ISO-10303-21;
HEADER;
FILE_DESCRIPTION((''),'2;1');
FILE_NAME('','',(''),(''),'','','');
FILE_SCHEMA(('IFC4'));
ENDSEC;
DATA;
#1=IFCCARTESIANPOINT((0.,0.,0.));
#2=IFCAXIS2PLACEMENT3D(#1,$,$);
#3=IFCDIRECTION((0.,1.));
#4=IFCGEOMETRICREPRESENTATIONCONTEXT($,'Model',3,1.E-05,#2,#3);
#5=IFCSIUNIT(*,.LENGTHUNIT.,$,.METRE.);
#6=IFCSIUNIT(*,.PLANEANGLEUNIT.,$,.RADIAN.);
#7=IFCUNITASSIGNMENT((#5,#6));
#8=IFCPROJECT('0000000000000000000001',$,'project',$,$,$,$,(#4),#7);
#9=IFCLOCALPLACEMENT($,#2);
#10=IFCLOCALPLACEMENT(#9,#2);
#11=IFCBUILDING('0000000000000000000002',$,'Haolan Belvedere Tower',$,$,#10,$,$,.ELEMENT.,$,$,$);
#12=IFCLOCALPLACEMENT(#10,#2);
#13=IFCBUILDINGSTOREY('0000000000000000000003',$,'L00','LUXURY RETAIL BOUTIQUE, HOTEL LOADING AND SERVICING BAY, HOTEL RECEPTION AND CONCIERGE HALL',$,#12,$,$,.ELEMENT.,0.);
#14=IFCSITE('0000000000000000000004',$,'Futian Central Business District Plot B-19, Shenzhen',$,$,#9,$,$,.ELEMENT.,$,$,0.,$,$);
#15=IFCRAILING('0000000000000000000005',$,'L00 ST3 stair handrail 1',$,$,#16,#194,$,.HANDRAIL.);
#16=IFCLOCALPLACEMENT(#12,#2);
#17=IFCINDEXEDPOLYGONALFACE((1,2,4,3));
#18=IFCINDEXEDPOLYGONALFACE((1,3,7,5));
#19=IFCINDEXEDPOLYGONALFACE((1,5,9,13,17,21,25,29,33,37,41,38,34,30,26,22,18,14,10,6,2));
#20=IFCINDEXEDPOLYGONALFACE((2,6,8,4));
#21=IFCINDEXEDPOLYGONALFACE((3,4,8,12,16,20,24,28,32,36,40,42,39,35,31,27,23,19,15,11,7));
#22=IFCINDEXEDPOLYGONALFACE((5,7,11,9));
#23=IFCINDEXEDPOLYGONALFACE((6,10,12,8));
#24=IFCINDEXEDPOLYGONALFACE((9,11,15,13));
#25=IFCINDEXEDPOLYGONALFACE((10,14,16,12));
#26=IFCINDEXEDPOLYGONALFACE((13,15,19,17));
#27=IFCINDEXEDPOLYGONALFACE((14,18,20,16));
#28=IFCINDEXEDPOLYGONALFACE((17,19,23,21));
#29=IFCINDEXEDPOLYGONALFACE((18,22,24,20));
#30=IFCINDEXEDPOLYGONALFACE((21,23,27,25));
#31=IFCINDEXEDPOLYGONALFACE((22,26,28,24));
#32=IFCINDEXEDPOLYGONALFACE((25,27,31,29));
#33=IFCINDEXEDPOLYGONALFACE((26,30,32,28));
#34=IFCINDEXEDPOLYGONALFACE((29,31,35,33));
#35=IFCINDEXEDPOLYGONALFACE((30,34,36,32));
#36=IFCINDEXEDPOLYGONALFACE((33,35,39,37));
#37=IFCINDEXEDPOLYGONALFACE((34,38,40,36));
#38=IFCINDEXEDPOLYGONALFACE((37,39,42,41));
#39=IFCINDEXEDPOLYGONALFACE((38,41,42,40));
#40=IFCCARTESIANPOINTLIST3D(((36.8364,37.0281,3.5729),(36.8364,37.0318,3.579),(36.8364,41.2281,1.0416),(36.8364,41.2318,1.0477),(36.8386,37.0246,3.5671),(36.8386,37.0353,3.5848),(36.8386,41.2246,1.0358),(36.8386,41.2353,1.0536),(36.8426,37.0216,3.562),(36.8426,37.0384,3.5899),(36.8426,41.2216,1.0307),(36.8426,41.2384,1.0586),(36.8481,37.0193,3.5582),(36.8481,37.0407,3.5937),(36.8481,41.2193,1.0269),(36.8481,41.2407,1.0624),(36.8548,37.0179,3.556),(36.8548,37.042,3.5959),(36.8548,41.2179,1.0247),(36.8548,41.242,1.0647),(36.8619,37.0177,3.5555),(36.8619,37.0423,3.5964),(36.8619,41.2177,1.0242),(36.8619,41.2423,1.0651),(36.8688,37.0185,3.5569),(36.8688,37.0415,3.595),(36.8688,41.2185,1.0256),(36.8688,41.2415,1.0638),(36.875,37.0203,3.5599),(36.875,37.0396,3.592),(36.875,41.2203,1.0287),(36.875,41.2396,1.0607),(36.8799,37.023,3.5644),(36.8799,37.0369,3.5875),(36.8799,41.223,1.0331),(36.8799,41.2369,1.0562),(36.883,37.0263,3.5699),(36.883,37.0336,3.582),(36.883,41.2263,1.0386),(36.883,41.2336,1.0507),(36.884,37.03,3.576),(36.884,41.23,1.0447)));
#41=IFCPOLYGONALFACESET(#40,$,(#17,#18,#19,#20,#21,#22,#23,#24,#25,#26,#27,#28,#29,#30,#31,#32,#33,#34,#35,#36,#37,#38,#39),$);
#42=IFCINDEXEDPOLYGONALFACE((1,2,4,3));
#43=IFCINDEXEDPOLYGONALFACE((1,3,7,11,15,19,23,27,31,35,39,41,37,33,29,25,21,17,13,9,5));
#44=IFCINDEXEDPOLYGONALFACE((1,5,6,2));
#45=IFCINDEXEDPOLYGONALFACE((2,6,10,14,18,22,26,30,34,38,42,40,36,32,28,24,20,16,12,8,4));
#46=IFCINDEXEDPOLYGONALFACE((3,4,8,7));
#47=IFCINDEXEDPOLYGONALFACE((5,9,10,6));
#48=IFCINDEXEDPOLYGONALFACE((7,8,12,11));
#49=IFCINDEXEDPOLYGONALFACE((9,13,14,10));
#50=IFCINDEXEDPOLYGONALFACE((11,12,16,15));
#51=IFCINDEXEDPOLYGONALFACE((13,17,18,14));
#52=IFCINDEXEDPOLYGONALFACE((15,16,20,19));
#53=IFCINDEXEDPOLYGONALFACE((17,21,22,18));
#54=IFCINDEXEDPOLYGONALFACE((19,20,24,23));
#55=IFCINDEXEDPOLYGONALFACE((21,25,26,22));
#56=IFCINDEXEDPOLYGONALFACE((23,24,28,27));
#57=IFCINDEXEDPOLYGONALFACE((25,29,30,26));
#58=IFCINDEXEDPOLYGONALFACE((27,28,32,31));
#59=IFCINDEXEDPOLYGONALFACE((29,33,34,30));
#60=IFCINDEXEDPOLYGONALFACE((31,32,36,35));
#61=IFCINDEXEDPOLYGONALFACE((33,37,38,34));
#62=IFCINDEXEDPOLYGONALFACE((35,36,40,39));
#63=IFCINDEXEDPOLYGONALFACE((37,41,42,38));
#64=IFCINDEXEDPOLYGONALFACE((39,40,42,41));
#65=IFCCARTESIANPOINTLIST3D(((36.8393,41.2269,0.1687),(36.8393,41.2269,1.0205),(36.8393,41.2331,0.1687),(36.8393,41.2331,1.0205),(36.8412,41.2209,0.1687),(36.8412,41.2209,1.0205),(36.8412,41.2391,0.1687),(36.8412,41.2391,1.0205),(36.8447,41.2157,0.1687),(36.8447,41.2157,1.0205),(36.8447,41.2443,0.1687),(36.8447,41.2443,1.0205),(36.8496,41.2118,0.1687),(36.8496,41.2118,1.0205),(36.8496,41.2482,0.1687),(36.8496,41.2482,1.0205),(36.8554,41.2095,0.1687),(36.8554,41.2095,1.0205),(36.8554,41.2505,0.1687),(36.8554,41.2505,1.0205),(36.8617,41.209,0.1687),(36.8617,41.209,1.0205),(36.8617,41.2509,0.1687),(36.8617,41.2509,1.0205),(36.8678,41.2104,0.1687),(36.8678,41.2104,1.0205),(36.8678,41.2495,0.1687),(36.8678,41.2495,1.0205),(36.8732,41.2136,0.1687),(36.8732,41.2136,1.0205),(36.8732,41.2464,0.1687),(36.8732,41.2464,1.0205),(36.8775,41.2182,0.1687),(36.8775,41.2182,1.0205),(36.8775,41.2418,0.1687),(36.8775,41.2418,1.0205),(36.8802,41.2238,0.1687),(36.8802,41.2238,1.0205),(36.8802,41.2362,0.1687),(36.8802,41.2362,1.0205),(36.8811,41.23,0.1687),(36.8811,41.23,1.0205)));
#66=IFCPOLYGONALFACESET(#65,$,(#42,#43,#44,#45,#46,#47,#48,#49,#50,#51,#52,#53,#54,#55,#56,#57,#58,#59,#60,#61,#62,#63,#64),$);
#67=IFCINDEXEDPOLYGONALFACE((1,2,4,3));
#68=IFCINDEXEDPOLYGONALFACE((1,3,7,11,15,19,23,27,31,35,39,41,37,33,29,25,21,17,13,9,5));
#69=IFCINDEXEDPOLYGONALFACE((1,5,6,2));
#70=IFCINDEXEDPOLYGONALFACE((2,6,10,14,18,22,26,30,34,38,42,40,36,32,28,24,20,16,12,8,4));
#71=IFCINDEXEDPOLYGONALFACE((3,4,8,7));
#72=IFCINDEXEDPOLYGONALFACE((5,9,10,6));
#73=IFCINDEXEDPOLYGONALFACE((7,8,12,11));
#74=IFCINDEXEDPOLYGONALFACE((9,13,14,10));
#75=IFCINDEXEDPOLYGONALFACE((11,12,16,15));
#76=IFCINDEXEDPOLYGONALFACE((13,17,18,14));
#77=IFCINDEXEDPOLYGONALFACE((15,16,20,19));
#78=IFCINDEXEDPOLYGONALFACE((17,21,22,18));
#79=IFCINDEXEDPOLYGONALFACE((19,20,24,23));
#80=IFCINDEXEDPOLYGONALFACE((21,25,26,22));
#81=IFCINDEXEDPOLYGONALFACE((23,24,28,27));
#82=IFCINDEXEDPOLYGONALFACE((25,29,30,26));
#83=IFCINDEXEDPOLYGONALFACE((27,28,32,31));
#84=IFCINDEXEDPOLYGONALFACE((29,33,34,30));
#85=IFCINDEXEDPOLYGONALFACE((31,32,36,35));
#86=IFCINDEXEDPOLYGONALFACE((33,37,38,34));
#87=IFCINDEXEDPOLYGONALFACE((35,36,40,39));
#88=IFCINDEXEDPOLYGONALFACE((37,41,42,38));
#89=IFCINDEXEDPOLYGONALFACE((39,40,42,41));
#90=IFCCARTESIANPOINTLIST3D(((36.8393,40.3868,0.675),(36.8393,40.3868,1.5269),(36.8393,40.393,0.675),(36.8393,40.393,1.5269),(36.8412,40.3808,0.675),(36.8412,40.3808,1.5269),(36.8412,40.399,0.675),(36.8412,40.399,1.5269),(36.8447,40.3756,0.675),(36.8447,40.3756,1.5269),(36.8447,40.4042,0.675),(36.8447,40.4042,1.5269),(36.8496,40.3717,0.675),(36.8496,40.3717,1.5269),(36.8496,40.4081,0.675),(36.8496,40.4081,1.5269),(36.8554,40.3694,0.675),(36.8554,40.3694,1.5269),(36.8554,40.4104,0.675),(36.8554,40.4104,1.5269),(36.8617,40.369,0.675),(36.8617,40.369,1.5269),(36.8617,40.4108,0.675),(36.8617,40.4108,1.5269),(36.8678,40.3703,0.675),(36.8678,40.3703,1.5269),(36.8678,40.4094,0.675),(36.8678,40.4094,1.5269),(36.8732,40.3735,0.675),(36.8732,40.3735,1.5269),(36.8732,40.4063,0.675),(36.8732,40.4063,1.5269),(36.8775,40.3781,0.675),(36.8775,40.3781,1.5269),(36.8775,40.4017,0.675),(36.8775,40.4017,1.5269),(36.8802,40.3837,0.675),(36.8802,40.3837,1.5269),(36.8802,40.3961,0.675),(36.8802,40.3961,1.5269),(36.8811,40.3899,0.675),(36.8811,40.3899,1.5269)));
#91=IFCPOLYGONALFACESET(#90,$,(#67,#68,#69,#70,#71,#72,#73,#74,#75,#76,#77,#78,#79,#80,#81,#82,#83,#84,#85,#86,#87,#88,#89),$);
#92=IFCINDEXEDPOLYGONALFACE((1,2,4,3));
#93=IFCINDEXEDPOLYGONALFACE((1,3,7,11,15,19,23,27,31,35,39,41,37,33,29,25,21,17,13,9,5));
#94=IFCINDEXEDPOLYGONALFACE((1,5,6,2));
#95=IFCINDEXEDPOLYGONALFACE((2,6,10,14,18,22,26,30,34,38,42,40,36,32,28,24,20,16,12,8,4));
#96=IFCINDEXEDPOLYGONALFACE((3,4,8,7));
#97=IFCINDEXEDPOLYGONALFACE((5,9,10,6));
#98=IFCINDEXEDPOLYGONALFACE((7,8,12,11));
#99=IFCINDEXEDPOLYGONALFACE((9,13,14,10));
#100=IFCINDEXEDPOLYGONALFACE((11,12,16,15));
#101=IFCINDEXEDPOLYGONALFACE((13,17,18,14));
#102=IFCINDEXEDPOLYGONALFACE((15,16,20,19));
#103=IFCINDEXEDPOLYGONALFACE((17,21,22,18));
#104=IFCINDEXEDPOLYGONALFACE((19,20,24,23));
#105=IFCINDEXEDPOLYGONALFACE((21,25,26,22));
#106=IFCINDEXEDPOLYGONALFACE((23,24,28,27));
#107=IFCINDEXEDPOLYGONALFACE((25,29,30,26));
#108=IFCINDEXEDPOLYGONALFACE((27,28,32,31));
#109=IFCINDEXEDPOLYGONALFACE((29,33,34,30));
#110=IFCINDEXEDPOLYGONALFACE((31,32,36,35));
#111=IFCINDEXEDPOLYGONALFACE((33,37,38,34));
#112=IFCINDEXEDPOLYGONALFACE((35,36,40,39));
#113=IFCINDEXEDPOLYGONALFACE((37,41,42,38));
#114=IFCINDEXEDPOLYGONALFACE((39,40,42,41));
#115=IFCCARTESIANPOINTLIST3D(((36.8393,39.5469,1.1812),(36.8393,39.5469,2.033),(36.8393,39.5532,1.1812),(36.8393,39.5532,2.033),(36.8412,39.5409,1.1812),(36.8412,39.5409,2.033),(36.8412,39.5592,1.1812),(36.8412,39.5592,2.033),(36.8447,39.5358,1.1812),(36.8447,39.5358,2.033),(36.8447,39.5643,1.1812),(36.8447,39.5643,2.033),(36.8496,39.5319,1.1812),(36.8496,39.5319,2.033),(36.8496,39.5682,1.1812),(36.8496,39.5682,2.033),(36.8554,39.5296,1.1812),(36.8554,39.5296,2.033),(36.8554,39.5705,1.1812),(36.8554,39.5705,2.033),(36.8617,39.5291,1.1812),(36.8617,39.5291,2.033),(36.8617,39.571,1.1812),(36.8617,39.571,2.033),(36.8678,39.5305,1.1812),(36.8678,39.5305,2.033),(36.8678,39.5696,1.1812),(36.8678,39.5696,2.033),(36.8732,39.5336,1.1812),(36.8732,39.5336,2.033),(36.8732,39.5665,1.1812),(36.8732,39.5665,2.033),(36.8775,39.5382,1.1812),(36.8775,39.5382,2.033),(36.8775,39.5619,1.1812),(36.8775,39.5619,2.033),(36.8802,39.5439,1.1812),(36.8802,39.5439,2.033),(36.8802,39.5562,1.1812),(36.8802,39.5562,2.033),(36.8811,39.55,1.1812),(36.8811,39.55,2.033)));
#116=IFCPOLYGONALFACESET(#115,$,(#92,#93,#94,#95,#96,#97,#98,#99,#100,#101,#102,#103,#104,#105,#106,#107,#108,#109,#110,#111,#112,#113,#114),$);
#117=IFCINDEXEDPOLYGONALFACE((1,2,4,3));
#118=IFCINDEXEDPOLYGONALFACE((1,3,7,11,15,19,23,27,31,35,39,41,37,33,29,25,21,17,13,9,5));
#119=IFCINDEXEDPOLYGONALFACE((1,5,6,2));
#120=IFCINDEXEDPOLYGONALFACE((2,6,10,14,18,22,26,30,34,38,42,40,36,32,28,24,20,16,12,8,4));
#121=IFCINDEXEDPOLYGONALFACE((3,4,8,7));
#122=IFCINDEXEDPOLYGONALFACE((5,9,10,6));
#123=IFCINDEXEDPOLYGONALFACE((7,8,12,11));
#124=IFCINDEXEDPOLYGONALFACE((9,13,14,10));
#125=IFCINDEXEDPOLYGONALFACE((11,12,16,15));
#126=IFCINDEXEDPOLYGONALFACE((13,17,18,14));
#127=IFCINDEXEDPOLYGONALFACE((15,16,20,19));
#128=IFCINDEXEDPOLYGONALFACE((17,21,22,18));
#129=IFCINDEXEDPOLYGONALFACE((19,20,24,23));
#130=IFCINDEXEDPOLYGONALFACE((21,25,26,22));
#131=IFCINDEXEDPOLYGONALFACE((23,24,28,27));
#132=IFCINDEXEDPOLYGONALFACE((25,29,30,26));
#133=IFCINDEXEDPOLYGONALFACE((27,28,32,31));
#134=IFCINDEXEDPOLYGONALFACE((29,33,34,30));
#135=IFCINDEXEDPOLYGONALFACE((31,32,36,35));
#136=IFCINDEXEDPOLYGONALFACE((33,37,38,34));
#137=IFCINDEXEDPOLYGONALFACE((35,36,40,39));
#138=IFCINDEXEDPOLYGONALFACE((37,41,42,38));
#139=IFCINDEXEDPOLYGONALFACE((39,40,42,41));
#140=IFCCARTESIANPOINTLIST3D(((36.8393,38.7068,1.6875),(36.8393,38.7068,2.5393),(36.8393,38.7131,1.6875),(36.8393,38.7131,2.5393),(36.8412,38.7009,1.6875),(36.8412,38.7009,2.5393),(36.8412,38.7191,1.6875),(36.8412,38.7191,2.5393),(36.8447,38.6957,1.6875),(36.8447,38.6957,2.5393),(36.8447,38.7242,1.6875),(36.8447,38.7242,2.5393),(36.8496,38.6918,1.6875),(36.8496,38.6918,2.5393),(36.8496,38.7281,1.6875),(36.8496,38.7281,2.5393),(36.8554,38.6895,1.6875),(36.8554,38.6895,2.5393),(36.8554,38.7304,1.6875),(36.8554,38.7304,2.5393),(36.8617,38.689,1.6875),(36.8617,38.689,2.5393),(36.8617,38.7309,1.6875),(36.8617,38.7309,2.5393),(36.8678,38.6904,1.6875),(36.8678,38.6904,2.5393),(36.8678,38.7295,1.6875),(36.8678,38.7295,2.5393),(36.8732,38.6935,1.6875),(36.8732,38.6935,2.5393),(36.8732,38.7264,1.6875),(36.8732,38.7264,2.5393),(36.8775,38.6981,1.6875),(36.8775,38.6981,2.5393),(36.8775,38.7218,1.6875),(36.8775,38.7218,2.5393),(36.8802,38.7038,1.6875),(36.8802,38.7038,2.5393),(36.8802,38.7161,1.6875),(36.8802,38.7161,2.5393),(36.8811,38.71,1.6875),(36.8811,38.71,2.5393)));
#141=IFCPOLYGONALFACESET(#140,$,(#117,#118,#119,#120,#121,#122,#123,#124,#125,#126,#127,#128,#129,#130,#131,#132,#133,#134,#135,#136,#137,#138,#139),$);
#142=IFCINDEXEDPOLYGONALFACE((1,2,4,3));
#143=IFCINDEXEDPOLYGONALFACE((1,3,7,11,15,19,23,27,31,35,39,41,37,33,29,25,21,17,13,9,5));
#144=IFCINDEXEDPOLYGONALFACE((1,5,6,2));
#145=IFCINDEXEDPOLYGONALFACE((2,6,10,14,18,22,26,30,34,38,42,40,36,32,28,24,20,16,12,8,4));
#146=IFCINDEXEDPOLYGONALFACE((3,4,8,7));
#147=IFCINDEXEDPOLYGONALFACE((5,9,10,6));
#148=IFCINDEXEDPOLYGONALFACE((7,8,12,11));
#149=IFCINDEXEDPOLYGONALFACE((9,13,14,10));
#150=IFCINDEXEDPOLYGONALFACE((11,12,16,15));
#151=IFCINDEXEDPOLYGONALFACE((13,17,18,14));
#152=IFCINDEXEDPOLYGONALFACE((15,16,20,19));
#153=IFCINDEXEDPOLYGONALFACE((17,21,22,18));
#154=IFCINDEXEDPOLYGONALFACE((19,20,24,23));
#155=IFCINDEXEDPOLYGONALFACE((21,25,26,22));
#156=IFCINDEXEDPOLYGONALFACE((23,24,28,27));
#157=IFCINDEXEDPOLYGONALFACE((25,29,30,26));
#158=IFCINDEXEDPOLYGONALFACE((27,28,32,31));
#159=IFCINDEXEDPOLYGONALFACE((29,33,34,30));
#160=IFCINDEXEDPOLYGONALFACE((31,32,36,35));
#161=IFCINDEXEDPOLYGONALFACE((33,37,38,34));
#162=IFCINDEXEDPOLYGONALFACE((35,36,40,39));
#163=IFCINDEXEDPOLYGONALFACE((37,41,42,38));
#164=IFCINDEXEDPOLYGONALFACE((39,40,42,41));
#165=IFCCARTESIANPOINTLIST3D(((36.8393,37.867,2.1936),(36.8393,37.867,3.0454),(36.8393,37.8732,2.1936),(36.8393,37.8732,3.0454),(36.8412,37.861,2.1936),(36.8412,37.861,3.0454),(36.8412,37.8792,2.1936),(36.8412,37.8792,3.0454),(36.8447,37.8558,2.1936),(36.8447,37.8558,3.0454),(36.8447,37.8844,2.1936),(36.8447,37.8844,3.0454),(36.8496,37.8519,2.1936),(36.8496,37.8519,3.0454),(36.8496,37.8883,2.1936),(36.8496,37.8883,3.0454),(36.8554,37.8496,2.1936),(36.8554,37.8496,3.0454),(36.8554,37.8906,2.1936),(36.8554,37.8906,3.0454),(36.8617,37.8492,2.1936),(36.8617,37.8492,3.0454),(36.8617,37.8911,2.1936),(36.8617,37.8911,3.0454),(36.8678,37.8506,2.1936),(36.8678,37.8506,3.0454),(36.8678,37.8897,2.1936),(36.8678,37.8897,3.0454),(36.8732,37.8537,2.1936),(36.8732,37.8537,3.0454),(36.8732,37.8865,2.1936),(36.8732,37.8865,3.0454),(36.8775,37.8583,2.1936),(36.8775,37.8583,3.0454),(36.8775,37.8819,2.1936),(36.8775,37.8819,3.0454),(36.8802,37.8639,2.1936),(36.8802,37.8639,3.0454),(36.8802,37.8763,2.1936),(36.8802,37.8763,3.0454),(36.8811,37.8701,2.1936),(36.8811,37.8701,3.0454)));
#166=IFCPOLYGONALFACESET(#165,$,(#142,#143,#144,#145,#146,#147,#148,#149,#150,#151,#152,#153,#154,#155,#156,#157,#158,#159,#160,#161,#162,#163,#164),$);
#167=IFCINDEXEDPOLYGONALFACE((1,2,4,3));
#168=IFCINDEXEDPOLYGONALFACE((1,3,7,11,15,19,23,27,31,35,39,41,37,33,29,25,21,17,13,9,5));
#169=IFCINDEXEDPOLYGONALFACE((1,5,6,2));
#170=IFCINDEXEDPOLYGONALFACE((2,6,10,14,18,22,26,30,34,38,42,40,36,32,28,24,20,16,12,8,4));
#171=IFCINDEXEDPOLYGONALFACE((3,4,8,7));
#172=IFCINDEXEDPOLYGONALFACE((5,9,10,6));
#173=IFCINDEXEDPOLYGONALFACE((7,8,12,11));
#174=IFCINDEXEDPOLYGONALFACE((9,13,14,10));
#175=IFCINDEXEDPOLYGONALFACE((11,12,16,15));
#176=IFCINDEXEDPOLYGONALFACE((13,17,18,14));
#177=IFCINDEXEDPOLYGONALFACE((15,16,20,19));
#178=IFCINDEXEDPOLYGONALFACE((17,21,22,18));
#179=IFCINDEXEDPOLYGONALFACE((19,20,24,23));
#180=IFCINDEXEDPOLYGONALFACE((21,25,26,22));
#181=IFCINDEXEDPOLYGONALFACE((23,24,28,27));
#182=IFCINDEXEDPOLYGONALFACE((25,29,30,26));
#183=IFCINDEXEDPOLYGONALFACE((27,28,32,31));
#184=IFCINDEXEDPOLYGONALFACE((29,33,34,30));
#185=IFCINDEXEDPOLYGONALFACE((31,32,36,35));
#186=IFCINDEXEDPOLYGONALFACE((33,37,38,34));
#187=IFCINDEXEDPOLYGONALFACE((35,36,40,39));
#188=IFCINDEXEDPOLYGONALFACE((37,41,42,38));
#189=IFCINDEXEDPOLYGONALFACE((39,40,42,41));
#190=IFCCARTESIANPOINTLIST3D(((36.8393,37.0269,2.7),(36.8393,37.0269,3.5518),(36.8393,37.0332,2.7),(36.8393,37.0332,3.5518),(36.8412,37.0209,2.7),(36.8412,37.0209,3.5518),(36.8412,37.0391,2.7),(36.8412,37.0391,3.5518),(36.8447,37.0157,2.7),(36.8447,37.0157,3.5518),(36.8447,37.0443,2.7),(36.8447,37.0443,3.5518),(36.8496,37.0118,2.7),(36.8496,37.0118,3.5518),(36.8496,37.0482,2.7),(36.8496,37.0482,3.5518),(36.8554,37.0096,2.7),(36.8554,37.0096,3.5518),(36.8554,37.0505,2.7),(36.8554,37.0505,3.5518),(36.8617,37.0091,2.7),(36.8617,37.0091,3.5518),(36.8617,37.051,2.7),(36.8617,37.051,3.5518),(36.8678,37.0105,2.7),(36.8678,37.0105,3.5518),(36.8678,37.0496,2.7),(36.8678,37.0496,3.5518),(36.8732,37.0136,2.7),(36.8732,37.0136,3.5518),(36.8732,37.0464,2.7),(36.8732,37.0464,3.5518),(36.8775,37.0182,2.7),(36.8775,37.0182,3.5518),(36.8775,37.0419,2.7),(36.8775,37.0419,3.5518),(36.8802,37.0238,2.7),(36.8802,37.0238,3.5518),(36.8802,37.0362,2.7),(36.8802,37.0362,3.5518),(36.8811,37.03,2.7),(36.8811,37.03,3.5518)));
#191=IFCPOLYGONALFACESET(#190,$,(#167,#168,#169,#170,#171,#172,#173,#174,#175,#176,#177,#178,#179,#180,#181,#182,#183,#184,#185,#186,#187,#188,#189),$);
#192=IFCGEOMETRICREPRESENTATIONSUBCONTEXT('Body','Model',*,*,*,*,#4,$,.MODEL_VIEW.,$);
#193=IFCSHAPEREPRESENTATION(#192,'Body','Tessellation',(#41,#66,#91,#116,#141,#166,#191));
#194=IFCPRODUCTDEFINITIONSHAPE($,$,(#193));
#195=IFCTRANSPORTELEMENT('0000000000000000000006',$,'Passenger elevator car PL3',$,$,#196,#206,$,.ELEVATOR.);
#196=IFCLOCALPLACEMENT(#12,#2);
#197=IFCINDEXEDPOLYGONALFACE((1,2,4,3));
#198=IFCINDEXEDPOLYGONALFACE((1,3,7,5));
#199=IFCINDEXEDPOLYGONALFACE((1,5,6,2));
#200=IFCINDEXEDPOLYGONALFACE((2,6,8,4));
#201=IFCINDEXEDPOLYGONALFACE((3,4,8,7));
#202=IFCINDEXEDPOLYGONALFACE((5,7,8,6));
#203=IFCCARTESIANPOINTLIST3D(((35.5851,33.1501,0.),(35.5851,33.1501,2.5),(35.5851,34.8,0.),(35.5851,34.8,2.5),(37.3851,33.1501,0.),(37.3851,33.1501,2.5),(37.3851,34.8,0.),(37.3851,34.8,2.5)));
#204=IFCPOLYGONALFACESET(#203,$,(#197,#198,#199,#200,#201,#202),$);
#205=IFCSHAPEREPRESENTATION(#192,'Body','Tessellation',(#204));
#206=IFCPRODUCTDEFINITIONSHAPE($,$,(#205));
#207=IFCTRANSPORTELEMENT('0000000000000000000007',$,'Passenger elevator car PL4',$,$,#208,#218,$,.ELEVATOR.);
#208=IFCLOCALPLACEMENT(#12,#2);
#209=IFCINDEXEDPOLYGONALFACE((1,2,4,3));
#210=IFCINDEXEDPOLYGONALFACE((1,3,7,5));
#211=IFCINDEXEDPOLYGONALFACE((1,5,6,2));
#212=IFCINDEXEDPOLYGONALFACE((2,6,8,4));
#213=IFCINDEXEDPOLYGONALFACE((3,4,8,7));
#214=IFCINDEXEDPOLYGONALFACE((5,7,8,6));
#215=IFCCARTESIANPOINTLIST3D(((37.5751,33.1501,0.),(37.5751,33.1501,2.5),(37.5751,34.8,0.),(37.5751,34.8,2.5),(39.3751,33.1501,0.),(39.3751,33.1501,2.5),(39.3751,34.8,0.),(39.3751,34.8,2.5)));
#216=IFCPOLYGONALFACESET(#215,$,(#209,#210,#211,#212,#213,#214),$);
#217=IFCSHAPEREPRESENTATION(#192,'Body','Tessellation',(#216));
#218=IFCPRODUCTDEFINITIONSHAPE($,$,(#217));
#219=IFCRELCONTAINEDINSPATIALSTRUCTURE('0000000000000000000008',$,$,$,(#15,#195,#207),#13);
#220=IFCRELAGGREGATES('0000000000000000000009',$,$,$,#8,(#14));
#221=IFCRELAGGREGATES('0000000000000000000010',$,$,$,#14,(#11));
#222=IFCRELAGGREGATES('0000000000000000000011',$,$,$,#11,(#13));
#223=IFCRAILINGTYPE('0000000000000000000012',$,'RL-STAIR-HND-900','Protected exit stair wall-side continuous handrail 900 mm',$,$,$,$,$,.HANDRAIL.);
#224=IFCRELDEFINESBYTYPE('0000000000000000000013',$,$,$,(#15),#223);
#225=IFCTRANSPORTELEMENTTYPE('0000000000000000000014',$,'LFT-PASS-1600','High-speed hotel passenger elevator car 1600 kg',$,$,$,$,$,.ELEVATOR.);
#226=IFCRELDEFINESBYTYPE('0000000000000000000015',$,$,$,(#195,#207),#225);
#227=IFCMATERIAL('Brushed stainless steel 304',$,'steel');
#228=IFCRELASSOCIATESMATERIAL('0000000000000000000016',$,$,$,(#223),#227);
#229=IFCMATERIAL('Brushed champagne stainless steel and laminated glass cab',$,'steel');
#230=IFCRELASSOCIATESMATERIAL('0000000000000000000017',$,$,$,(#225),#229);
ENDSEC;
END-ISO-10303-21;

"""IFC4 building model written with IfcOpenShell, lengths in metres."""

from ifc_helpers import new_model, si_unit, direction, frame, origin, origin_2d, place, context, subcontext, project, spatial, rectangle, circle, extrude, material, type_object, element, save


model = new_model("IFC4")

# Units and contexts
model_context = context("Model", 3, precision=1e-05, world=origin(), true_north=direction((0.0, 1.0)))
body_context = subcontext(model_context, "Body", "Model", "MODEL_VIEW")
ifc_project = project(units=[si_unit("LENGTHUNIT", "METRE"), si_unit("PLANEANGLEUNIT", "RADIAN")], contexts=[model_context])

# Site, building, storey
site_placement = place(None, origin())
site = spatial("IfcSite", under=ifc_project, at=site_placement, Name="Futian Central Business District Plot B-19, Shenzhen", CompositionType="ELEMENT", RefElevation=0.0)
building_placement = place(site_placement, origin())
building = spatial("IfcBuilding", under=site, at=building_placement, Name="Haolan Belvedere Tower", CompositionType="ELEMENT")
storey_placement = place(building_placement, origin())
storey = spatial("IfcBuildingStorey", under=building, at=storey_placement, Name="L00", Description="LUXURY RETAIL BOUTIQUE, HOTEL LOADING AND SERVICING BAY, HOTEL RECEPTION AND CONCIERGE HALL", CompositionType="ELEMENT", Elevation=0.0)

# Railing
ifc_material_1 = material(Name="Brushed stainless steel 304", Category="steel")
railing_type_1 = type_object("IfcRailingType", Name="RL-STAIR-HND-900", Description="Protected exit stair wall-side continuous handrail 900 mm", PredefinedType="HANDRAIL", material=ifc_material_1)
railing_1_placement = place(storey_placement, frame((36.8601, 41.23, 0.1687)))
element("IfcRailing", 1, at=railing_1_placement, inside=storey, type_object=railing_type_1, Name="L00 ST3 stair handrail 1", PredefinedType="HANDRAIL", context=body_context, shape_type="SweptSolid", body=[
    extrude(circle(Radius=0.0239, at=origin_2d()), frame((0.0, 0.0, 0.876), z_axis=(0.0, -0.856476, 0.516186), x_axis=(1.0, 0.0, 0.0)), (0.0, 0.0, 1.0), 4.9038),
    extrude(circle(Radius=0.021, at=origin_2d()), origin(), (0.0, 0.0, 1.0), 0.8518),
    extrude(circle(Radius=0.021, at=origin_2d()), frame((0.0, -0.8401, 0.5063)), (0.0, 0.0, 1.0), 0.8518),
    extrude(circle(Radius=0.021, at=origin_2d()), frame((0.0, -1.6799, 1.0125)), (0.0, 0.0, 1.0), 0.8518),
    extrude(circle(Radius=0.021, at=origin_2d()), frame((0.0, -2.52, 1.5188)), (0.0, 0.0, 1.0), 0.8518),
    extrude(circle(Radius=0.021, at=origin_2d()), frame((0.0, -3.3599, 2.0249)), (0.0, 0.0, 1.0), 0.8518),
    extrude(circle(Radius=0.021, at=origin_2d()), frame((0.0, -4.2, 2.5312)), (0.0, 0.0, 1.0), 0.8518),
])

# Transport elements
ifc_material_2 = material(Name="Brushed champagne stainless steel and laminated glass cab", Category="steel")
transport_element_type = type_object("IfcTransportElementType", Name="LFT-PASS-1600", Description="High-speed hotel passenger elevator car 1600 kg", PredefinedType="ELEVATOR", material=ifc_material_2)
for number, where, z_axis, x_axis, name in (
    (2, (36.4851, 33.9751, 0.0), (0.0, 0.0, 1.0), (1.0, 0.0, 0.0), "Passenger elevator car PL3"),
    (3, (38.4751, 33.9751, 0.0), (0.0, 0.0, 1.0), (1.0, 0.0, 0.0), "Passenger elevator car PL4"),
):
    element("IfcTransportElement", number, at=place(storey_placement, frame(where, z_axis=z_axis, x_axis=x_axis)), inside=storey, type_object=transport_element_type, Name=name, PredefinedType="ELEVATOR", context=body_context, shape_type="SweptSolid", body=[
        extrude(rectangle(XDim=1.8, YDim=1.6499, at=origin_2d()), origin(), (0.0, 0.0, 1.0), 2.5),
    ])

save(model, "model.ifc")
